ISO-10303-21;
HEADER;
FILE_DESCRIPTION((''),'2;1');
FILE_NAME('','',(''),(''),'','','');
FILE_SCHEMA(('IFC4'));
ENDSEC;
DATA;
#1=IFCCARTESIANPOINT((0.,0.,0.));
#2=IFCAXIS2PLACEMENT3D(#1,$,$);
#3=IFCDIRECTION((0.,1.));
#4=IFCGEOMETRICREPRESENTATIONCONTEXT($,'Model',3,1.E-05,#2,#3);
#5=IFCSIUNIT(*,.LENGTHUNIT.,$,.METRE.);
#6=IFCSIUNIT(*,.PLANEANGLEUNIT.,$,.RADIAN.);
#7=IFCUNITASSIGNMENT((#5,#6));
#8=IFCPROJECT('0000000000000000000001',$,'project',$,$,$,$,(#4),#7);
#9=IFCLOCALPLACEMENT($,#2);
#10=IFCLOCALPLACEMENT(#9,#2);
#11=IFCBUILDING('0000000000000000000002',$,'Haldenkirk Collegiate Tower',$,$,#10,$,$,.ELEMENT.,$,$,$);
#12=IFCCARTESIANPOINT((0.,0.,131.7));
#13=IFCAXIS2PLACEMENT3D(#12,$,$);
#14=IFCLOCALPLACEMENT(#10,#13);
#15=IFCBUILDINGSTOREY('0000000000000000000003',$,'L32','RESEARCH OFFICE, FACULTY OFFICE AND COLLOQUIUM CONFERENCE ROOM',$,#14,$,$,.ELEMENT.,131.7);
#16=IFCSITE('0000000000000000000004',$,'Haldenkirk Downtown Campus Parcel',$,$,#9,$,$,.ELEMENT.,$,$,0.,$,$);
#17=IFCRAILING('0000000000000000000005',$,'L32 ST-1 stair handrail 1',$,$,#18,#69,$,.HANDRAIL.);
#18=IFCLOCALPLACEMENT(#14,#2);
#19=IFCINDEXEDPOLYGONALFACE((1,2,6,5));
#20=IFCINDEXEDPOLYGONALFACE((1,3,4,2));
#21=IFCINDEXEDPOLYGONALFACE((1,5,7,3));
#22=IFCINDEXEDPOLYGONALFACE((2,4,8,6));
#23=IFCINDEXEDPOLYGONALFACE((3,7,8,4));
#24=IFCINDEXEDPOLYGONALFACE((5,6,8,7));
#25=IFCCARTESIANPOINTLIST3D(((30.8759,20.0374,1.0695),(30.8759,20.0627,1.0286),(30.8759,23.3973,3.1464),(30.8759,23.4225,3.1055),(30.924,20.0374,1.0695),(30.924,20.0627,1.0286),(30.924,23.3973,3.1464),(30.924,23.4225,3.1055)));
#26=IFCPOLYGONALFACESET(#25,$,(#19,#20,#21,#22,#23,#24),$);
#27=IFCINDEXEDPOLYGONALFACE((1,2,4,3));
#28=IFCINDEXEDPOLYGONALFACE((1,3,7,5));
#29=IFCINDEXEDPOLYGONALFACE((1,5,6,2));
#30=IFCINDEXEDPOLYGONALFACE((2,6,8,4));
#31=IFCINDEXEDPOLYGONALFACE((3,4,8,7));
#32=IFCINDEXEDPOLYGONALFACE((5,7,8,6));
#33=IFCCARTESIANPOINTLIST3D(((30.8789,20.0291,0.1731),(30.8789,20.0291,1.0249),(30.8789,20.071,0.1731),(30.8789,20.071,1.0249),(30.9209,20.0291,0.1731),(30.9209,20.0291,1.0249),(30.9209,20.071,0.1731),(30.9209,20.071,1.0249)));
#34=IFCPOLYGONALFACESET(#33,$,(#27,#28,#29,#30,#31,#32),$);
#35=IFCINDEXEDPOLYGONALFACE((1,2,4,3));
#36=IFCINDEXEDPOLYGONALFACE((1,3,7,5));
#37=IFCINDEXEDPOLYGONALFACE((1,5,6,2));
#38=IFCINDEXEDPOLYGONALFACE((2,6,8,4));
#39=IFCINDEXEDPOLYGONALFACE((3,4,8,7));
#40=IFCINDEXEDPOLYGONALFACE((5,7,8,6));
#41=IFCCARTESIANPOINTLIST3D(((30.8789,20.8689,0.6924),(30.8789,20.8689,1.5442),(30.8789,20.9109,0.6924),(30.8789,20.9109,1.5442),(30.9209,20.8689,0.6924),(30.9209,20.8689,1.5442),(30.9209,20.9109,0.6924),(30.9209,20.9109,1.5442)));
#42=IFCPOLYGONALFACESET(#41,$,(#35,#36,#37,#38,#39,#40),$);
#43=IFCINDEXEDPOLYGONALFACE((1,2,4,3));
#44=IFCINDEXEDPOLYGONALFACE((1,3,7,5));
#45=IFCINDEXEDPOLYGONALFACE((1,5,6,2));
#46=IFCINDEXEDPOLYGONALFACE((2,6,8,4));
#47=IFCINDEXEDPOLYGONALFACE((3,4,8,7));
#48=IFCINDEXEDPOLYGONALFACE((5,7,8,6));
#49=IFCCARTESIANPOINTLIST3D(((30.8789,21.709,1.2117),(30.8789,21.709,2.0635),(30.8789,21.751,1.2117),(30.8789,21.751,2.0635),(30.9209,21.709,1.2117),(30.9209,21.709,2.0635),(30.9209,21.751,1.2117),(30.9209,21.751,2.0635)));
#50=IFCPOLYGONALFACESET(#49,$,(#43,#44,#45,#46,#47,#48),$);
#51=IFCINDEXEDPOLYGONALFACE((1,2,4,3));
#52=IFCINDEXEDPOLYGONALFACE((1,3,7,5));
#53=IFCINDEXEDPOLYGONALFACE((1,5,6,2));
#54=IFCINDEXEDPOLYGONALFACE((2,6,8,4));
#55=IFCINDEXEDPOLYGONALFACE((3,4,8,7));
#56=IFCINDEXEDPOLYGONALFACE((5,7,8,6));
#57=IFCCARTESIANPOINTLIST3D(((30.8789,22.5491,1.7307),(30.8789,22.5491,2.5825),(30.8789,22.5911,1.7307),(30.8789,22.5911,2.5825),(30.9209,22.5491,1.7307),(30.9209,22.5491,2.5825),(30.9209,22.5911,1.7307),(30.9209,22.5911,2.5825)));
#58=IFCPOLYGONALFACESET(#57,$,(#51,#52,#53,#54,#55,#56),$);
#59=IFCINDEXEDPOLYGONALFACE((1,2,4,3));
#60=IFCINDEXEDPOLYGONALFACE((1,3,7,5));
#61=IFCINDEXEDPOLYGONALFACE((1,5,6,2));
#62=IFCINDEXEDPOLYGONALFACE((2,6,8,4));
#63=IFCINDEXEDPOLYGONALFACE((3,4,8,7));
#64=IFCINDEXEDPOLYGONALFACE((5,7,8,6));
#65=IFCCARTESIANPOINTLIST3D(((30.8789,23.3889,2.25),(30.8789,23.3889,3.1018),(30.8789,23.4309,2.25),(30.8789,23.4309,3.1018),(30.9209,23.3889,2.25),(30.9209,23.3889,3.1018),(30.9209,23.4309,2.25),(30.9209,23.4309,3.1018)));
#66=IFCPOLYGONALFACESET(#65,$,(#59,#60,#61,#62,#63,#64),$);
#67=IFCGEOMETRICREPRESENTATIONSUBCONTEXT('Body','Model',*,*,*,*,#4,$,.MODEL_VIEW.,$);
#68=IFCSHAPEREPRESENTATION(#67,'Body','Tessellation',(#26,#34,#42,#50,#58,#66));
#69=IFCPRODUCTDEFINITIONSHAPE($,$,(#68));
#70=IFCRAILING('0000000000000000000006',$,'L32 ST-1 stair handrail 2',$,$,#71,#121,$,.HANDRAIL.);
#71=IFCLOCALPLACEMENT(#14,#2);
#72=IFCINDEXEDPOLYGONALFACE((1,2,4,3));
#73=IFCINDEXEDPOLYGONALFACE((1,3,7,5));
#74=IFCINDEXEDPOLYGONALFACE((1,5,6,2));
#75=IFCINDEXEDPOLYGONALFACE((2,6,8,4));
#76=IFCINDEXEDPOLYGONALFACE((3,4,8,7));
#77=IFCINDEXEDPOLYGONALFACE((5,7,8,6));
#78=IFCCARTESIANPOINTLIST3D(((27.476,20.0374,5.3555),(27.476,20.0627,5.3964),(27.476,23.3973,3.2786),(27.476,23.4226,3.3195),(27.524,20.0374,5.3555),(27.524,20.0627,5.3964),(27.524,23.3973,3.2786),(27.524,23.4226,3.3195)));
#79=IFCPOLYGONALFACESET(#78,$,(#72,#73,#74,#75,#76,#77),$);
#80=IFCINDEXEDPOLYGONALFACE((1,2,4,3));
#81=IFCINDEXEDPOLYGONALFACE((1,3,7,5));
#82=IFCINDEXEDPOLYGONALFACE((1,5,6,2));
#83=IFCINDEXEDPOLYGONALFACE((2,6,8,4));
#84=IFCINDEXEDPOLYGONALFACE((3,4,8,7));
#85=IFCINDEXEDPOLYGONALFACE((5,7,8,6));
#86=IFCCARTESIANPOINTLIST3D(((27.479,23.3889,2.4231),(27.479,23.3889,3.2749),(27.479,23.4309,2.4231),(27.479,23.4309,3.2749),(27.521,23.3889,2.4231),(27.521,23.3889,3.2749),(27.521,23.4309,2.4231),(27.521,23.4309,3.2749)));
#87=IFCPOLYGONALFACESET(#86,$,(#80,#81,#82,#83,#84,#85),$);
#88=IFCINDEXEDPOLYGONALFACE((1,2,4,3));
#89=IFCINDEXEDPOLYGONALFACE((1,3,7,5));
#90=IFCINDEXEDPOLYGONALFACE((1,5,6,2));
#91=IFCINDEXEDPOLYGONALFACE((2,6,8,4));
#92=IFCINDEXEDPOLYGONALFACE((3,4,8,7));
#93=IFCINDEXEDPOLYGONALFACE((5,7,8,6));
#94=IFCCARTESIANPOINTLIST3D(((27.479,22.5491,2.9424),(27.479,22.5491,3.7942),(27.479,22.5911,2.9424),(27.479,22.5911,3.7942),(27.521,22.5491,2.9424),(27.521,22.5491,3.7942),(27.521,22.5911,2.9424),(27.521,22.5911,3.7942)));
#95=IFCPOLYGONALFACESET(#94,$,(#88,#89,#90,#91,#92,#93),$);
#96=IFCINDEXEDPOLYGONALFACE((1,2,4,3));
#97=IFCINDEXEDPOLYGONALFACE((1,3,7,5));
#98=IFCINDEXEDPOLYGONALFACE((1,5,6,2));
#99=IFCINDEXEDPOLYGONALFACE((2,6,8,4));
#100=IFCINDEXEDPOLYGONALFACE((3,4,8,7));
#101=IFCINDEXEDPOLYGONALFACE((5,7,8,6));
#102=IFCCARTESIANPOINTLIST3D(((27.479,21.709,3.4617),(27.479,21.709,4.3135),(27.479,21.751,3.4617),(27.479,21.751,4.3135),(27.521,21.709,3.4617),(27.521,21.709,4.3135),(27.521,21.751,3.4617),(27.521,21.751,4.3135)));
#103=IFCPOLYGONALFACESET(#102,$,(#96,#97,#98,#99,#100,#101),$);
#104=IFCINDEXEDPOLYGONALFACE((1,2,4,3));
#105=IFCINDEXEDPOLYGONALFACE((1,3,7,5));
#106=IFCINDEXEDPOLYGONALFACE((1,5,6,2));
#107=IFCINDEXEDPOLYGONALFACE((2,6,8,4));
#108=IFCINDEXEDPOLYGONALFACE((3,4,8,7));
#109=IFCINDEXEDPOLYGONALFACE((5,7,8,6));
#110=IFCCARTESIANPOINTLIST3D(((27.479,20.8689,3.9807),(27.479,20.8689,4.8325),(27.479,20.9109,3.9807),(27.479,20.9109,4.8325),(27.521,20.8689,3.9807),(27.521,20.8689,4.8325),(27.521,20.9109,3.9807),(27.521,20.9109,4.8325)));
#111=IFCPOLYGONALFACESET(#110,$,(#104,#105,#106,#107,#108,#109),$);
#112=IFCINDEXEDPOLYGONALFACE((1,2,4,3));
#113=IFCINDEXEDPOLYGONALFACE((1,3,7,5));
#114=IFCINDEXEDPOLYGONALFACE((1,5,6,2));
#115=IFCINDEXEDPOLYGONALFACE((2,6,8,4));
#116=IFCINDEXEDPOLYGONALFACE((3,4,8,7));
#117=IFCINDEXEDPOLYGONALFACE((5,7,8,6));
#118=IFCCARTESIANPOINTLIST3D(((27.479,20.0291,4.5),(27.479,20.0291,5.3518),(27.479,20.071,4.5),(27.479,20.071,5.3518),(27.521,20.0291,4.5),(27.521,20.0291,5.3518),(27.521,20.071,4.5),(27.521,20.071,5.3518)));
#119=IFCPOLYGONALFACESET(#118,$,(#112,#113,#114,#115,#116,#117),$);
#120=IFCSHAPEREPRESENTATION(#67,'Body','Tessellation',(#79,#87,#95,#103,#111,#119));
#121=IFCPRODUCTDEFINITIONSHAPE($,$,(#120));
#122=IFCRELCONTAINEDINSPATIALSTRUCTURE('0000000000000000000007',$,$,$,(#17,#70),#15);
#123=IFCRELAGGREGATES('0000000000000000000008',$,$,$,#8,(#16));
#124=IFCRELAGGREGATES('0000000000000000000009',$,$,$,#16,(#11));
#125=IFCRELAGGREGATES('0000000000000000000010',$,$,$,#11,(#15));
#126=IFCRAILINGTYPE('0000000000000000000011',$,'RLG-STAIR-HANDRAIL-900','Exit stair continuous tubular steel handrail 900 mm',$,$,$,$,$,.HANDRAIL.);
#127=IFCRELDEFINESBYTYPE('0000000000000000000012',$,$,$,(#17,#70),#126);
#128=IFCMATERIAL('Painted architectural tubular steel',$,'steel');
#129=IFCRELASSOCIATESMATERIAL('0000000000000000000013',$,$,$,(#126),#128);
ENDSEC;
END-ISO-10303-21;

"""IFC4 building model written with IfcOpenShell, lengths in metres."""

from ifc_helpers import new_model, si_unit, direction, frame, origin, origin_2d, place, context, subcontext, project, spatial, rectangle, extrude, material, type_object, element, save


model = new_model("IFC4")

# Units and contexts
model_context = context("Model", 3, precision=1e-05, world=origin(), true_north=direction((0.0, 1.0)))
body_context = subcontext(model_context, "Body", "Model", "MODEL_VIEW")
ifc_project = project(units=[si_unit("LENGTHUNIT", "METRE"), si_unit("PLANEANGLEUNIT", "RADIAN")], contexts=[model_context])

# Site, building, storey
site_placement = place(None, origin())
site = spatial("IfcSite", under=ifc_project, at=site_placement, Name="Haldenkirk Downtown Campus Parcel", CompositionType="ELEMENT", RefElevation=0.0)
building_placement = place(site_placement, origin())
building = spatial("IfcBuilding", under=site, at=building_placement, Name="Haldenkirk Collegiate Tower", CompositionType="ELEMENT")
storey_placement = place(building_placement, frame((0.0, 0.0, 131.7)))
storey = spatial("IfcBuildingStorey", under=building, at=storey_placement, Name="L32", Description="RESEARCH OFFICE, FACULTY OFFICE AND COLLOQUIUM CONFERENCE ROOM", CompositionType="ELEMENT", Elevation=131.7)

# Railings
ifc_material_1 = material(Name="Painted architectural tubular steel", Category="steel")
railing_type_1 = type_object("IfcRailingType", Name="RLG-STAIR-HANDRAIL-900", Description="Exit stair continuous tubular steel handrail 900 mm", PredefinedType="HANDRAIL", material=ifc_material_1)
railing_1_placement = place(storey_placement, frame((30.8999, 20.05, 0.1731)))
element("IfcRailing", 1, at=railing_1_placement, inside=storey, type_object=railing_type_1, Name="L32 ST-1 stair handrail 1", PredefinedType="HANDRAIL", context=body_context, shape_type="SweptSolid", body=[
    extrude(rectangle(XDim=0.0481, YDim=0.0481, at=origin_2d()), frame((0.0, 0.0, 0.876), z_axis=(0.0, 0.850606, 0.525803), x_axis=(-1.0, 0.0, 0.0)), (0.0, 0.0, 1.0), 3.95),
    extrude(rectangle(XDim=0.042, YDim=0.042, at=origin_2d()), origin(), (0.0, 0.0, 1.0), 0.8518),
    extrude(rectangle(XDim=0.042, YDim=0.042, at=origin_2d()), frame((0.0, 0.8398, 0.5193)), (0.0, 0.0, 1.0), 0.8518),
    extrude(rectangle(XDim=0.042, YDim=0.042, at=origin_2d()), frame((0.0, 1.6799, 1.0386)), (0.0, 0.0, 1.0), 0.8518),
    extrude(rectangle(XDim=0.042, YDim=0.042, at=origin_2d()), frame((0.0, 2.52, 1.5576)), (0.0, 0.0, 1.0), 0.8518),
    extrude(rectangle(XDim=0.042, YDim=0.042, at=origin_2d()), frame((0.0, 3.3599, 2.0769)), (0.0, 0.0, 1.0), 0.8518),
])
railing_2_placement = place(storey_placement, frame((27.5, 23.4099, 2.4231)))
element("IfcRailing", 2, at=railing_2_placement, inside=storey, type_object=railing_type_1, Name="L32 ST-1 stair handrail 2", PredefinedType="HANDRAIL", context=body_context, shape_type="SweptSolid", body=[
    extrude(rectangle(XDim=0.0481, YDim=0.0481, at=origin_2d()), frame((0.0, 0.0, 0.876), z_axis=(0.0, -0.850606, 0.525803), x_axis=(1.0, 0.0, 0.0)), (0.0, 0.0, 1.0), 3.95),
    extrude(rectangle(XDim=0.042, YDim=0.042, at=origin_2d()), origin(), (0.0, 0.0, 1.0), 0.8518),
    extrude(rectangle(XDim=0.042, YDim=0.042, at=origin_2d()), frame((0.0, -0.8398, 0.5193)), (0.0, 0.0, 1.0), 0.8518),
    extrude(rectangle(XDim=0.042, YDim=0.042, at=origin_2d()), frame((0.0, -1.6799, 1.0386)), (0.0, 0.0, 1.0), 0.8518),
    extrude(rectangle(XDim=0.042, YDim=0.042, at=origin_2d()), frame((0.0, -2.52, 1.5576)), (0.0, 0.0, 1.0), 0.8518),
    extrude(rectangle(XDim=0.042, YDim=0.042, at=origin_2d()), frame((0.0, -3.3599, 2.0769)), (0.0, 0.0, 1.0), 0.8518),
])

save(model, "model.ifc")
